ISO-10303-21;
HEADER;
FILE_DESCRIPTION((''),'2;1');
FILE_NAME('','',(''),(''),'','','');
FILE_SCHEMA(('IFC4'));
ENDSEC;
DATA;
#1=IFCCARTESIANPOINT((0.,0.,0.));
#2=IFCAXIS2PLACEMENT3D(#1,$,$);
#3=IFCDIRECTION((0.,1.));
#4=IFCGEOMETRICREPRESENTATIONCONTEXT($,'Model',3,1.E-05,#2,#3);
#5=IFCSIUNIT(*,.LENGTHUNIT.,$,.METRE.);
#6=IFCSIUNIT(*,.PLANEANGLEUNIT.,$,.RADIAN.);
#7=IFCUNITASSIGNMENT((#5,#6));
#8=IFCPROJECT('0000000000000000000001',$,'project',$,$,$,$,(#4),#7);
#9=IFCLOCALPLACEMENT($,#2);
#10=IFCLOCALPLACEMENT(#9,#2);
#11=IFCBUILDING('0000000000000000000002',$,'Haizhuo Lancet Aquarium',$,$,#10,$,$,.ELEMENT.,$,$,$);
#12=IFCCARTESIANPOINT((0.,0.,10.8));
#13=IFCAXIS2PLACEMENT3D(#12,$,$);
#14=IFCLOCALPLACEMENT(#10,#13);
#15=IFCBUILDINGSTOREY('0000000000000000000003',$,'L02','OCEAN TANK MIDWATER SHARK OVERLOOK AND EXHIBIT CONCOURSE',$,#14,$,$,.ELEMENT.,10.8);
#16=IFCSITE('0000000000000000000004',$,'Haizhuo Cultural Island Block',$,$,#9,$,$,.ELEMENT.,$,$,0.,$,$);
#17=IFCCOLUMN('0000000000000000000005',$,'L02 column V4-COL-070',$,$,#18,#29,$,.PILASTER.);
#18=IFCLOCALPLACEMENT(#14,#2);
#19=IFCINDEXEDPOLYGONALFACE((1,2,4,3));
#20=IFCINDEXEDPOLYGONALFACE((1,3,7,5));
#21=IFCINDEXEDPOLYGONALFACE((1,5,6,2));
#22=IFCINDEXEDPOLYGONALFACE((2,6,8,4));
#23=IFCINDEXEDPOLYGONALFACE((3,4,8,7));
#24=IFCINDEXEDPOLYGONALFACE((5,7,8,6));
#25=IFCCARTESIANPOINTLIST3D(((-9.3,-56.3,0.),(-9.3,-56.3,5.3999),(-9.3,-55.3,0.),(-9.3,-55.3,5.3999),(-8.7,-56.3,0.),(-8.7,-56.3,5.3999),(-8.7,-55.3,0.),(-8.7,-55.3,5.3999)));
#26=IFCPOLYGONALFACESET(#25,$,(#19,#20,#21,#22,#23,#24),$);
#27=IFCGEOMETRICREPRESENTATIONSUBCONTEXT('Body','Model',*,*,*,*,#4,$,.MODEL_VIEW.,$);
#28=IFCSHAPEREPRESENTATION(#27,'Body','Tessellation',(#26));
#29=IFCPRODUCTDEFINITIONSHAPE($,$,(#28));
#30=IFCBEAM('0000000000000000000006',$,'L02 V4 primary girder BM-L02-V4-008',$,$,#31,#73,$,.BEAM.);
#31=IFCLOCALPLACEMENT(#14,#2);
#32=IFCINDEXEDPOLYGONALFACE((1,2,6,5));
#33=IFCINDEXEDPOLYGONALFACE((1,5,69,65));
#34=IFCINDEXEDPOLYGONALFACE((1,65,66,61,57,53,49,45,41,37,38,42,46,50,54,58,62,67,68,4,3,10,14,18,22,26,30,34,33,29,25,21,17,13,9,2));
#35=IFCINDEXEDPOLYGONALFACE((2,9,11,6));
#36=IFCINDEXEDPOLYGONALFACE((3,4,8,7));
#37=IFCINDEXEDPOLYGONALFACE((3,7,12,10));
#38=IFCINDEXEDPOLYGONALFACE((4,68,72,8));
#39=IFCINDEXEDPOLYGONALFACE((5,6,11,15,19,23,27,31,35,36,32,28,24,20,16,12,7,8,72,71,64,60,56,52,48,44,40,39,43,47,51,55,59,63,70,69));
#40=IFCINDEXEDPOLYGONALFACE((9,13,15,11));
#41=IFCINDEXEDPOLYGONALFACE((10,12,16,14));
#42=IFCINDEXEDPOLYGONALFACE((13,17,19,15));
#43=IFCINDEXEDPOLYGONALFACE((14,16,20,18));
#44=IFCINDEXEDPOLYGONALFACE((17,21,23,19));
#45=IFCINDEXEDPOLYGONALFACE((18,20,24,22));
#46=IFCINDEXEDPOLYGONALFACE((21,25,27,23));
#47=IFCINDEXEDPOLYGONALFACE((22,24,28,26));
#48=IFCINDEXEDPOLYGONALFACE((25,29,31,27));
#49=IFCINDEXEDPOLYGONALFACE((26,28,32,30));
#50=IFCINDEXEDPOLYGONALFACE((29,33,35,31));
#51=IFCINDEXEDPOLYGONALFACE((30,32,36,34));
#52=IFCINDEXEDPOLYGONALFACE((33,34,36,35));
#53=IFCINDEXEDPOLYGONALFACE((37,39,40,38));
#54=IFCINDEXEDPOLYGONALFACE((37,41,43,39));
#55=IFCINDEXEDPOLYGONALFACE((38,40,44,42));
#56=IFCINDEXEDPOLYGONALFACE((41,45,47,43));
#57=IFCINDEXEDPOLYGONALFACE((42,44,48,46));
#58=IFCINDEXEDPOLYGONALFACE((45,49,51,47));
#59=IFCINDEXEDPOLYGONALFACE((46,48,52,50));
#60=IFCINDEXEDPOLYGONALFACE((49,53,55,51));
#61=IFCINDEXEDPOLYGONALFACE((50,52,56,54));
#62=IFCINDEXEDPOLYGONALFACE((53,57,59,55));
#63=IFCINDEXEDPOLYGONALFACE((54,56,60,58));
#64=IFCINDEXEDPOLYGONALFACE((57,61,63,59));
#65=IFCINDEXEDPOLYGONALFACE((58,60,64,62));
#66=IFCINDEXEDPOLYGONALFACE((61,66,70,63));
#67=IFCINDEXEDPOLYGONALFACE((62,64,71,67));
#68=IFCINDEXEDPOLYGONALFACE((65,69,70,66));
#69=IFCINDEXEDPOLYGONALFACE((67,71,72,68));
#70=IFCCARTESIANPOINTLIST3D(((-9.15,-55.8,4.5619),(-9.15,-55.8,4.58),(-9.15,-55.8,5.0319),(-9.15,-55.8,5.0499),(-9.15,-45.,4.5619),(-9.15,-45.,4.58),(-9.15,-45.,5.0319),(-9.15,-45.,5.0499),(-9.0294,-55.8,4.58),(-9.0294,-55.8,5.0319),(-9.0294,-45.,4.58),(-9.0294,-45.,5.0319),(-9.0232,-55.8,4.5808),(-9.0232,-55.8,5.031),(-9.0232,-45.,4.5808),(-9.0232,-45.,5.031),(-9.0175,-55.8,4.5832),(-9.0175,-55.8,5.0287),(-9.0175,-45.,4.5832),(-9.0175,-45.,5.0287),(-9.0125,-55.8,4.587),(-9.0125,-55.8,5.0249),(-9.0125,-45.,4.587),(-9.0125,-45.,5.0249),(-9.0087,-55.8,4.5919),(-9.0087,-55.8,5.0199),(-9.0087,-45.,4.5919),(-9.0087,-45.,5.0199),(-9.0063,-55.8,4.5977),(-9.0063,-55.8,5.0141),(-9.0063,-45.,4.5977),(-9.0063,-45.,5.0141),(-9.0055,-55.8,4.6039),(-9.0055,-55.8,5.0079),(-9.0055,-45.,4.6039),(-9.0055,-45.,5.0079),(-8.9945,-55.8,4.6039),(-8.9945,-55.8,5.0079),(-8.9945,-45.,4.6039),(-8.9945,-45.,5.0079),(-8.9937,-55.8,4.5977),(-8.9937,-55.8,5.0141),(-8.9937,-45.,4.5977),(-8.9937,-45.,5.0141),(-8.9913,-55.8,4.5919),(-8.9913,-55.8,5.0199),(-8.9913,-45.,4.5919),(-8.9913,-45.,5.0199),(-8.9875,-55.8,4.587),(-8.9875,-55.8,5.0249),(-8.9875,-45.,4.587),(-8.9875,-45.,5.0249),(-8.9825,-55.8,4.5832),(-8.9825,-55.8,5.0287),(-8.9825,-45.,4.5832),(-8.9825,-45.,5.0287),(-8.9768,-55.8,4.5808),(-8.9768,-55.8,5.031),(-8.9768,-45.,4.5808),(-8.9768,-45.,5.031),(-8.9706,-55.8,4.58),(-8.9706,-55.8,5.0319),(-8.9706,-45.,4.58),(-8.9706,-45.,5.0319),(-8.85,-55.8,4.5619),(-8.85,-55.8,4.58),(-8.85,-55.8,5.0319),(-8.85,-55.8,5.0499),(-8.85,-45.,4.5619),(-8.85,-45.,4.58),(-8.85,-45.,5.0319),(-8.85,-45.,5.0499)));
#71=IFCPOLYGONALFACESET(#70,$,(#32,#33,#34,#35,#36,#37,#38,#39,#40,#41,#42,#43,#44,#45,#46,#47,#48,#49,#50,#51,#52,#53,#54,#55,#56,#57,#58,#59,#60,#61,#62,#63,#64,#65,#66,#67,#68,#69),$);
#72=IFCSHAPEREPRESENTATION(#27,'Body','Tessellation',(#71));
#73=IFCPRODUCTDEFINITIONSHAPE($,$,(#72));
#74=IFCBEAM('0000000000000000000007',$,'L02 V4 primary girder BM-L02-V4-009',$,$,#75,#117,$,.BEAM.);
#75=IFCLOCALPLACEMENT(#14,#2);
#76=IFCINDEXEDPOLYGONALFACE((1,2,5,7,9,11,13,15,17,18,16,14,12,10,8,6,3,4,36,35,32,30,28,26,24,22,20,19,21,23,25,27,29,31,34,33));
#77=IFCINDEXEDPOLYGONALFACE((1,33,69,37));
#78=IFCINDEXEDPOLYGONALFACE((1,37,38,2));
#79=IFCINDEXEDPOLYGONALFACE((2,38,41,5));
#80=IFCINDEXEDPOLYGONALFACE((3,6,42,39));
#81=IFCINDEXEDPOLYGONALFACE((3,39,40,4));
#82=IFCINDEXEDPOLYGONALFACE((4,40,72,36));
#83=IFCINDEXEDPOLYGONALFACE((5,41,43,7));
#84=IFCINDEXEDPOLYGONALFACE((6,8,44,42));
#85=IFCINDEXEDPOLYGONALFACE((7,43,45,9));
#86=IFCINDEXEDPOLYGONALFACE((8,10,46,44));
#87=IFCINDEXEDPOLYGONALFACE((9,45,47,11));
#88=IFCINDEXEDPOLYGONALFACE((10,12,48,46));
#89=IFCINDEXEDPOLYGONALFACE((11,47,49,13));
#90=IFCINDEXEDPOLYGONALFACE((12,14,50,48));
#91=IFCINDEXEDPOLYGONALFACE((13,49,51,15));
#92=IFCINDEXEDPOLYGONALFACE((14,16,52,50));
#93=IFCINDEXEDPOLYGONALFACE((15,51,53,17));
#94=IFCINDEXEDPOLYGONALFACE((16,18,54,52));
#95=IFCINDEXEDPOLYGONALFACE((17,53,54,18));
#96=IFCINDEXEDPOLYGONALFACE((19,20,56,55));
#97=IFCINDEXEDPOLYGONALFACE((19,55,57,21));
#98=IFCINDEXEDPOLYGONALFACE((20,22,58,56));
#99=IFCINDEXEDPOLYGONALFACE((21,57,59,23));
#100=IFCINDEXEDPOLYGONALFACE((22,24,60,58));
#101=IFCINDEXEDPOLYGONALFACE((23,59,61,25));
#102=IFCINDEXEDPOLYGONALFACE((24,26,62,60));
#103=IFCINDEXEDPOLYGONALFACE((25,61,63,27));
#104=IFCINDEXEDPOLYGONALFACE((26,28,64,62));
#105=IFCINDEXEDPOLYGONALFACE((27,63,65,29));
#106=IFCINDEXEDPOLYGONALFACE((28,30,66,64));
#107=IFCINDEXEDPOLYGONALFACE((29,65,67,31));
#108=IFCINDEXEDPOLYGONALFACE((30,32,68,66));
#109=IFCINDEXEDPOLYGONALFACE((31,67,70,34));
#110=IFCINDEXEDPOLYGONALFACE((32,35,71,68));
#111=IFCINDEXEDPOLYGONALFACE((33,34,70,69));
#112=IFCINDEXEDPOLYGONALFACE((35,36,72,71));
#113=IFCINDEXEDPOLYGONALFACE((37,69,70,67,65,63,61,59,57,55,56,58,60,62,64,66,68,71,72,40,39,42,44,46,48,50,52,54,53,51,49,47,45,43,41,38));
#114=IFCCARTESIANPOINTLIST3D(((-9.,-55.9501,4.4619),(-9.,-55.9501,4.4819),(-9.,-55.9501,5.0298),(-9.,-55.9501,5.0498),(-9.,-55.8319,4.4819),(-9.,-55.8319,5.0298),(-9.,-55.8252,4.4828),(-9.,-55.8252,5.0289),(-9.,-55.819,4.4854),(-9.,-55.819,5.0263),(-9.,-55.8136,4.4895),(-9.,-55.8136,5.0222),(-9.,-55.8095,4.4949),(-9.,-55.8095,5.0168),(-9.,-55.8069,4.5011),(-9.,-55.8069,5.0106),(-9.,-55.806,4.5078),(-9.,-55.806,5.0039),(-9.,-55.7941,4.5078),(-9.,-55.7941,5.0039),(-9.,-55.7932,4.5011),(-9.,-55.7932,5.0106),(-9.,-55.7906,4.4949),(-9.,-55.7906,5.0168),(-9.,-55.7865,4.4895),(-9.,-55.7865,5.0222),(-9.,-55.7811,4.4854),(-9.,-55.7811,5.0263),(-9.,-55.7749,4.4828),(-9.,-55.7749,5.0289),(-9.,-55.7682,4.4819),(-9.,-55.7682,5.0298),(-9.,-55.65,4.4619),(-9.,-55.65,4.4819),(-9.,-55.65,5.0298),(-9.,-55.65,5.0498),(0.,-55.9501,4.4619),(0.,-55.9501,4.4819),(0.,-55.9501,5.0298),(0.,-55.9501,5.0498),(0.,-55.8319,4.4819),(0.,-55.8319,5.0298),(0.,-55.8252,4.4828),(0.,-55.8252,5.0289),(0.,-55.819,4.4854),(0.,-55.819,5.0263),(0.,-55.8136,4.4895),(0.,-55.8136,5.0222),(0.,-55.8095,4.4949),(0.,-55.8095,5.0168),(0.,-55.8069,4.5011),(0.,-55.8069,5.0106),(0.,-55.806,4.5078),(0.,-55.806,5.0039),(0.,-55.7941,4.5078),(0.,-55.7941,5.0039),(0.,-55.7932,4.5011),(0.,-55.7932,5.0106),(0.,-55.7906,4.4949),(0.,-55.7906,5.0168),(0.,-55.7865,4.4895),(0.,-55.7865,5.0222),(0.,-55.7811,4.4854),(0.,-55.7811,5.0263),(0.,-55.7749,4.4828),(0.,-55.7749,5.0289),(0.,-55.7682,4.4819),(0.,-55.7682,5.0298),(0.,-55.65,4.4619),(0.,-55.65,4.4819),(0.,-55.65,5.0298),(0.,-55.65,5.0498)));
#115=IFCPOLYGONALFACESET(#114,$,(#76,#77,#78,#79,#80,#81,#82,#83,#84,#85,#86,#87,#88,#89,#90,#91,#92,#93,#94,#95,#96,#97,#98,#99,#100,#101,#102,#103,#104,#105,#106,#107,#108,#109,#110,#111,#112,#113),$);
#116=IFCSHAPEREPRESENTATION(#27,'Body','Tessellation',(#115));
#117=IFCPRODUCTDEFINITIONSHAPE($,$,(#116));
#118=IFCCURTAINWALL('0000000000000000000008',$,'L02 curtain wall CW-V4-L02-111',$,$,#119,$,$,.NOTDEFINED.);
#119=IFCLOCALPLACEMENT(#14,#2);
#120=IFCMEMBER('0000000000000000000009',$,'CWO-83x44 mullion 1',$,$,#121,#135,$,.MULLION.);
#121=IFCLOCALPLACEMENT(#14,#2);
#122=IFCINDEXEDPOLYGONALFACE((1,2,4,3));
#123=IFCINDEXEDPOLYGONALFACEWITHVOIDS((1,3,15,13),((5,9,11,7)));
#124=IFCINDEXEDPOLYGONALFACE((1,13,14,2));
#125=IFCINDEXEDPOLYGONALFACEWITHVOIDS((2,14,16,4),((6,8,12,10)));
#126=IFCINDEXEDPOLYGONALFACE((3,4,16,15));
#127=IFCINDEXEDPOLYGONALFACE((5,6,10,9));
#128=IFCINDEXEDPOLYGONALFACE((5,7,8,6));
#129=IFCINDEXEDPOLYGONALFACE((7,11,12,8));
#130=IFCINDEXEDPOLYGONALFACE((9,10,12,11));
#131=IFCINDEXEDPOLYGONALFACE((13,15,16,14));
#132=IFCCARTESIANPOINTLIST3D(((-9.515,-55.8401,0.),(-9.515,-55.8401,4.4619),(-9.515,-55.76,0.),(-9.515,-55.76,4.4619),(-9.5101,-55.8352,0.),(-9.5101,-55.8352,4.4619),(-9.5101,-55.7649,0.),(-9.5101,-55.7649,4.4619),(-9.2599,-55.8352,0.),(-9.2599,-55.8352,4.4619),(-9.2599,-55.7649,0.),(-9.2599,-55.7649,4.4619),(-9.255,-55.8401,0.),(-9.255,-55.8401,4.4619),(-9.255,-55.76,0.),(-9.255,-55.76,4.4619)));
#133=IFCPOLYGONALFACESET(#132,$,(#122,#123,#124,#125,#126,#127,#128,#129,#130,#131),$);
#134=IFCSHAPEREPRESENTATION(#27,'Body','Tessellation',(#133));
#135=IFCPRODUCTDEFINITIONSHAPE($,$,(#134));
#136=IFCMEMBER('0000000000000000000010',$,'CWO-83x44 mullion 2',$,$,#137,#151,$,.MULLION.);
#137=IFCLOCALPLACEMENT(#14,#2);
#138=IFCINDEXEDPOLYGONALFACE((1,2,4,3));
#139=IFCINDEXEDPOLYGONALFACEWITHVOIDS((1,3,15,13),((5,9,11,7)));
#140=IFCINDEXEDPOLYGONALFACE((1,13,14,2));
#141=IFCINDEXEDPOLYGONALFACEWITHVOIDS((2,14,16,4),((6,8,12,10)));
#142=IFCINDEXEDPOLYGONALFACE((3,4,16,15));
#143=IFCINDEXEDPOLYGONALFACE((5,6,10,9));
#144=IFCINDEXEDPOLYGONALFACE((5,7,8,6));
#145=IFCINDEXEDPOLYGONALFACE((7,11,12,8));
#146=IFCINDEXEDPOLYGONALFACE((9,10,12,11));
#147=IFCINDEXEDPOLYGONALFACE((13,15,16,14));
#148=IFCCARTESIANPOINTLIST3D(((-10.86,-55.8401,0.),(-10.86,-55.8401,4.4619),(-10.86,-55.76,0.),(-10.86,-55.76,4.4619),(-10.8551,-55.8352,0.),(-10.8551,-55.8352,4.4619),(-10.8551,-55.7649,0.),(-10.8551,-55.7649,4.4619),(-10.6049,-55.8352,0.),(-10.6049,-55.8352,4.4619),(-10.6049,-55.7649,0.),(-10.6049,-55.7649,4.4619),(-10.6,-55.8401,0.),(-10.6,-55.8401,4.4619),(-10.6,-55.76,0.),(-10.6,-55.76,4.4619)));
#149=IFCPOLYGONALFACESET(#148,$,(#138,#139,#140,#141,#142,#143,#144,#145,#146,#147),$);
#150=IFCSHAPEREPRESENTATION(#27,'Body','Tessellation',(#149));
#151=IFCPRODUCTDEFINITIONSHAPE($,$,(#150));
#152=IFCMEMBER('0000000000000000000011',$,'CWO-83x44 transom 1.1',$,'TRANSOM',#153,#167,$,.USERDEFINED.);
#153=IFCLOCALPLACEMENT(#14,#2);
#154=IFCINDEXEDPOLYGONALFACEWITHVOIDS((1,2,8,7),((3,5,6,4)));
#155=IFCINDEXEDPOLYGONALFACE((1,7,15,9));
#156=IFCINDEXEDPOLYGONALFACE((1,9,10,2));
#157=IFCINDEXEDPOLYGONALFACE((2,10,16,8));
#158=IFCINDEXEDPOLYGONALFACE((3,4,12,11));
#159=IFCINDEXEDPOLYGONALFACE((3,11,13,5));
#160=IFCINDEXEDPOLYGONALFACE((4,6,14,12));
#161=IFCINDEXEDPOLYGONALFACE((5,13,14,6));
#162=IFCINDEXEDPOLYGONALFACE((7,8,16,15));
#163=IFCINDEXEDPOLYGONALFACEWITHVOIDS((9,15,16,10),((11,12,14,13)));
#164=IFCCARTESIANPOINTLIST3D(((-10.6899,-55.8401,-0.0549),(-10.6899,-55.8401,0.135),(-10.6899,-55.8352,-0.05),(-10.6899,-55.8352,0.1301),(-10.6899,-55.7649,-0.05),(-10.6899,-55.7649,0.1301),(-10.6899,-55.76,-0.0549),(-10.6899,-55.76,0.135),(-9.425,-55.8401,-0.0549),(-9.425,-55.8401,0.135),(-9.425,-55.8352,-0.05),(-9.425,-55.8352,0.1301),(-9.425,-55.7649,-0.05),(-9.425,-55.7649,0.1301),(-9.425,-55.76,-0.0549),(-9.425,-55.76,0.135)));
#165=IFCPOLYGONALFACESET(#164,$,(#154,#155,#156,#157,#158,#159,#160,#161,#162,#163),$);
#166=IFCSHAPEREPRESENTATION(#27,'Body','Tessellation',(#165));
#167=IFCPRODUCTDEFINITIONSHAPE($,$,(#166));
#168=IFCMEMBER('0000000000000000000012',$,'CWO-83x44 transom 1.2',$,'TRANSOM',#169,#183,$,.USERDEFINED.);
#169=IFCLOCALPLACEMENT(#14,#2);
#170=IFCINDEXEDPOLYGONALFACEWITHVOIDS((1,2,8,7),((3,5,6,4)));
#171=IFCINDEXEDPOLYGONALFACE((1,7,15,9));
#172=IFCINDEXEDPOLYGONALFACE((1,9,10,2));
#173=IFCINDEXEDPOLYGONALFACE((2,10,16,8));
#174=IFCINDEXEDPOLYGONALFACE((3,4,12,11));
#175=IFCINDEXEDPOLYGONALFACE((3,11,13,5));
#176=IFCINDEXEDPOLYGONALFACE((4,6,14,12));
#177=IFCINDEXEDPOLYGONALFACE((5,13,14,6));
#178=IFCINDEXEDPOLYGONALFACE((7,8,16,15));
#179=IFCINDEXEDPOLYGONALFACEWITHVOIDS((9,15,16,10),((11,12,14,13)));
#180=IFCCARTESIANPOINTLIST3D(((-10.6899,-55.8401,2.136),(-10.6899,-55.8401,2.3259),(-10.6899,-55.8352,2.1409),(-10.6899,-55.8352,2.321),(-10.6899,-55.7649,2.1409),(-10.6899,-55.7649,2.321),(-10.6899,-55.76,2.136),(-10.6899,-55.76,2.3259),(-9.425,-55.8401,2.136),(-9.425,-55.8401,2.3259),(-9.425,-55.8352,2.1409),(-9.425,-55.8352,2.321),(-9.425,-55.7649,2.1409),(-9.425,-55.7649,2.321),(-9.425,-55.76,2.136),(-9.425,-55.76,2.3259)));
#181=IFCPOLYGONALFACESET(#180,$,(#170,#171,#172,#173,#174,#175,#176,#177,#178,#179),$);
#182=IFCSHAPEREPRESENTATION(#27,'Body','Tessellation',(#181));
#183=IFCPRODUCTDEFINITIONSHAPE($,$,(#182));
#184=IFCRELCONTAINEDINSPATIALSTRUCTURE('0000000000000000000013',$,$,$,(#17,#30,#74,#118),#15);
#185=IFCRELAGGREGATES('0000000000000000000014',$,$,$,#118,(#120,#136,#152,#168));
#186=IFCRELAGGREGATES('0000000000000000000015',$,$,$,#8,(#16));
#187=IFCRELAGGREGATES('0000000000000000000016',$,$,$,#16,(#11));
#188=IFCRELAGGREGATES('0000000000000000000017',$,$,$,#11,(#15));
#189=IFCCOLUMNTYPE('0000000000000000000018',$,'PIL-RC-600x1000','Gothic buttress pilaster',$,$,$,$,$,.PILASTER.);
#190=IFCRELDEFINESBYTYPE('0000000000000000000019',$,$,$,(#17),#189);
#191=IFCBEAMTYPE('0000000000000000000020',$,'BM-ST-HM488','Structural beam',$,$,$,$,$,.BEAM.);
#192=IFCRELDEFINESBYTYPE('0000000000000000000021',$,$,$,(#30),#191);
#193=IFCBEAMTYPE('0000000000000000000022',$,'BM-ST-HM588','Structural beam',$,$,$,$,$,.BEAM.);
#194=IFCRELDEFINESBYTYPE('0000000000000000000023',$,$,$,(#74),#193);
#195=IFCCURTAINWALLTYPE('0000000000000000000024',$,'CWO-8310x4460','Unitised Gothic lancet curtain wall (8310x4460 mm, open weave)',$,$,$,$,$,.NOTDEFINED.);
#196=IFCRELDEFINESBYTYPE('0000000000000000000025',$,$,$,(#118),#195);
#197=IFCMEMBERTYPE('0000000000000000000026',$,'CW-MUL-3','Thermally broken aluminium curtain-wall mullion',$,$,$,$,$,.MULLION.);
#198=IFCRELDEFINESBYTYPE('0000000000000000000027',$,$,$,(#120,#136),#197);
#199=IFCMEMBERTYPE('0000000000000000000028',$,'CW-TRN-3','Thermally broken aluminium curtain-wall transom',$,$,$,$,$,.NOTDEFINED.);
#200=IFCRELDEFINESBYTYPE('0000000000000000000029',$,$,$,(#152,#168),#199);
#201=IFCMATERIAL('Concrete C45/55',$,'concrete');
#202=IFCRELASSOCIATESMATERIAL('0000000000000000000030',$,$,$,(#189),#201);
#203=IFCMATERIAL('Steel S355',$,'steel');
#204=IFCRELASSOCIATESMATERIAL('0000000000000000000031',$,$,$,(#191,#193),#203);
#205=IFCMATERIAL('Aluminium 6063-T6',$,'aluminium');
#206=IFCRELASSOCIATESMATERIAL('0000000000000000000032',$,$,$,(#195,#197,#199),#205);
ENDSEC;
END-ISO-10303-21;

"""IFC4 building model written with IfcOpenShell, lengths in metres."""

from ifc_helpers import new_model, si_unit, direction, frame, origin, origin_2d, place, context, subcontext, project, spatial, rectangle, hollow_rectangle, i_section, extrude, material, material_profile, profile_set, type_object, element, aggregate, save


model = new_model("IFC4")

# Units and contexts
model_context = context("Model", 3, precision=1e-05, world=origin(), true_north=direction((0.0, 1.0)))
body_context = subcontext(model_context, "Body", "Model", "MODEL_VIEW")
ifc_project = project(units=[si_unit("LENGTHUNIT", "METRE"), si_unit("PLANEANGLEUNIT", "RADIAN")], contexts=[model_context])

# Site, building, storey
site_placement = place(None, origin())
site = spatial("IfcSite", under=ifc_project, at=site_placement, Name="Haizhuo Cultural Island Block", CompositionType="ELEMENT", RefElevation=0.0)
building_placement = place(site_placement, origin())
building = spatial("IfcBuilding", under=site, at=building_placement, Name="Haizhuo Lancet Aquarium", CompositionType="ELEMENT")
storey_placement = place(building_placement, frame((0.0, 0.0, 10.8)))
storey = spatial("IfcBuildingStorey", under=building, at=storey_placement, Name="L02", Description="OCEAN TANK MIDWATER SHARK OVERLOOK AND EXHIBIT CONCOURSE", CompositionType="ELEMENT", Elevation=10.8)

# Column
ifc_material_1 = material(Name="Concrete C45/55", Category="concrete")
ifc_material_profile_1 = material_profile(ifc_material_1, rectangle(XDim=0.6001, YDim=1.0, at=origin_2d()), Name="RC-PIL 600x1000")
ifc_profile_set_1 = profile_set([ifc_material_profile_1], Name="Concrete C45/55")
column_type = type_object("IfcColumnType", Name="PIL-RC-600x1000", Description="Gothic buttress pilaster", PredefinedType="PILASTER", material=ifc_profile_set_1)
column_placement = place(storey_placement, frame((-9.0, -55.8, 0.0), z_axis=(0.0, 0.0, 1.0), x_axis=(1.0, 0.0, 0.0)))
element("IfcColumn", 1, at=column_placement, inside=storey, type_object=column_type, Name="L02 column V4-COL-070", PredefinedType="PILASTER", context=body_context, shape_type="SweptSolid", body=[
    extrude(rectangle(XDim=0.6001, YDim=1.0, at=origin_2d()), origin(), (0.0, 0.0, 1.0), 5.3999),
])

# Beams
ifc_material_2 = material(Name="Steel S355", Category="steel")
ifc_material_profile_2 = material_profile(ifc_material_2, i_section(OverallWidth=0.3, OverallDepth=0.488, WebThickness=0.011, FlangeThickness=0.0181, FilletRadius=0.0239, at=origin_2d()), Name="HM 488x300x11x18")
ifc_profile_set_2 = profile_set([ifc_material_profile_2], Name="Steel S355")
beam_type_1 = type_object("IfcBeamType", Name="BM-ST-HM488", Description="Structural beam", PredefinedType="BEAM", material=ifc_profile_set_2)
beam_1_placement = place(storey_placement, frame((-9.0, -55.8, 4.8059), z_axis=(0.0, 1.0, 0.0), x_axis=(-1.0, 0.0, 0.0)))
element("IfcBeam", 2, at=beam_1_placement, inside=storey, type_object=beam_type_1, Name="L02 V4 primary girder BM-L02-V4-008", PredefinedType="BEAM", context=body_context, shape_type="SweptSolid", body=[
    extrude(i_section(OverallWidth=0.3, OverallDepth=0.488, WebThickness=0.011, FlangeThickness=0.0181, FilletRadius=0.0239, at=origin_2d()), origin(), (0.0, 0.0, 1.0), 10.8),
])
ifc_material_profile_3 = material_profile(ifc_material_2, i_section(OverallWidth=0.3, OverallDepth=0.5879, WebThickness=0.012, FlangeThickness=0.02, FilletRadius=0.0259, at=origin_2d()), Name="HM 588x300x12x20")
ifc_profile_set_3 = profile_set([ifc_material_profile_3], Name="Steel S355")
beam_type_2 = type_object("IfcBeamType", Name="BM-ST-HM588", Description="Structural beam", PredefinedType="BEAM", material=ifc_profile_set_3)
beam_2_placement = place(storey_placement, frame((-9.0, -55.8, 4.7559), z_axis=(1.0, 0.0, 0.0), x_axis=(0.0, 1.0, 0.0)))
element("IfcBeam", 3, at=beam_2_placement, inside=storey, type_object=beam_type_2, Name="L02 V4 primary girder BM-L02-V4-009", PredefinedType="BEAM", context=body_context, shape_type="SweptSolid", body=[
    extrude(i_section(OverallWidth=0.3, OverallDepth=0.5879, WebThickness=0.012, FlangeThickness=0.02, FilletRadius=0.0259, at=origin_2d()), origin(), (0.0, 0.0, 1.0), 9.0),
])

# Curtain wall, members
ifc_material_3 = material(Name="Aluminium 6063-T6", Category="aluminium")
curtain_wall_type = type_object("IfcCurtainWallType", Name="CWO-8310x4460", Description="Unitised Gothic lancet curtain wall (8310x4460 mm, open weave)", PredefinedType="NOTDEFINED", material=ifc_material_3)
curtain_wall_placement = place(storey_placement, origin())
curtain_wall = element("IfcCurtainWall", 4, at=curtain_wall_placement, inside=storey, type_object=curtain_wall_type, Name="L02 curtain wall CW-V4-L02-111", PredefinedType="NOTDEFINED")
ifc_material_profile_4 = material_profile(ifc_material_3, hollow_rectangle(XDim=0.0801, YDim=0.26, WallThickness=0.0049, at=origin_2d()), Name="ALU-M 80x260x5")
ifc_profile_set_4 = profile_set([ifc_material_profile_4], Name="Aluminium 6063-T6")
member_type_1 = type_object("IfcMemberType", Name="CW-MUL-3", Description="Thermally broken aluminium curtain-wall mullion", PredefinedType="MULLION", material=ifc_profile_set_4)
member_1_placement = place(storey_placement, frame((-9.385, -55.8, 0.0), z_axis=(0.0, 0.0, 1.0), x_axis=(0.0, -1.0, 0.0)))
member_1 = element("IfcMember", 5, at=member_1_placement, type_object=member_type_1, Name="CWO-83x44 mullion 1", PredefinedType="MULLION", context=body_context, shape_type="SweptSolid", body=[
    extrude(hollow_rectangle(XDim=0.0801, YDim=0.26, WallThickness=0.0049, at=origin_2d()), origin(), (0.0, 0.0, 1.0), 4.4619),
])
member_2_placement = place(storey_placement, frame((-10.73, -55.8, 0.0), z_axis=(0.0, 0.0, 1.0), x_axis=(0.0, -1.0, 0.0)))
member_2 = element("IfcMember", 6, at=member_2_placement, type_object=member_type_1, Name="CWO-83x44 mullion 2", PredefinedType="MULLION", context=body_context, shape_type="SweptSolid", body=[
    extrude(hollow_rectangle(XDim=0.0801, YDim=0.26, WallThickness=0.0049, at=origin_2d()), origin(), (0.0, 0.0, 1.0), 4.4619),
])
ifc_material_profile_5 = material_profile(ifc_material_3, hollow_rectangle(XDim=0.0801, YDim=0.1899, WallThickness=0.0049, at=origin_2d()), Name="ALU-T 80x190x5")
ifc_profile_set_5 = profile_set([ifc_material_profile_5], Name="Aluminium 6063-T6")
member_type_2 = type_object("IfcMemberType", Name="CW-TRN-3", Description="Thermally broken aluminium curtain-wall transom", PredefinedType="NOTDEFINED", material=ifc_profile_set_5)
member_3_placement = place(storey_placement, frame((-9.425, -55.8, 0.04), z_axis=(-1.0, 0.0, 0.0), x_axis=(0.0, -1.0, 0.0)))
member_3 = element("IfcMember", 7, at=member_3_placement, type_object=member_type_2, Name="CWO-83x44 transom 1.1", ObjectType="TRANSOM", PredefinedType="USERDEFINED", context=body_context, shape_type="SweptSolid", body=[
    extrude(hollow_rectangle(XDim=0.0801, YDim=0.1899, WallThickness=0.0049, at=origin_2d()), origin(), (0.0, 0.0, 1.0), 1.2649),
])
member_4_placement = place(storey_placement, frame((-9.425, -55.8, 2.231), z_axis=(-1.0, 0.0, 0.0), x_axis=(0.0, -1.0, 0.0)))
member_4 = element("IfcMember", 8, at=member_4_placement, type_object=member_type_2, Name="CWO-83x44 transom 1.2", ObjectType="TRANSOM", PredefinedType="USERDEFINED", context=body_context, shape_type="SweptSolid", body=[
    extrude(hollow_rectangle(XDim=0.0801, YDim=0.1899, WallThickness=0.0049, at=origin_2d()), origin(), (0.0, 0.0, 1.0), 1.2649),
])

aggregate(curtain_wall, [member_1, member_2, member_3, member_4])

save(model, "model.ifc")
